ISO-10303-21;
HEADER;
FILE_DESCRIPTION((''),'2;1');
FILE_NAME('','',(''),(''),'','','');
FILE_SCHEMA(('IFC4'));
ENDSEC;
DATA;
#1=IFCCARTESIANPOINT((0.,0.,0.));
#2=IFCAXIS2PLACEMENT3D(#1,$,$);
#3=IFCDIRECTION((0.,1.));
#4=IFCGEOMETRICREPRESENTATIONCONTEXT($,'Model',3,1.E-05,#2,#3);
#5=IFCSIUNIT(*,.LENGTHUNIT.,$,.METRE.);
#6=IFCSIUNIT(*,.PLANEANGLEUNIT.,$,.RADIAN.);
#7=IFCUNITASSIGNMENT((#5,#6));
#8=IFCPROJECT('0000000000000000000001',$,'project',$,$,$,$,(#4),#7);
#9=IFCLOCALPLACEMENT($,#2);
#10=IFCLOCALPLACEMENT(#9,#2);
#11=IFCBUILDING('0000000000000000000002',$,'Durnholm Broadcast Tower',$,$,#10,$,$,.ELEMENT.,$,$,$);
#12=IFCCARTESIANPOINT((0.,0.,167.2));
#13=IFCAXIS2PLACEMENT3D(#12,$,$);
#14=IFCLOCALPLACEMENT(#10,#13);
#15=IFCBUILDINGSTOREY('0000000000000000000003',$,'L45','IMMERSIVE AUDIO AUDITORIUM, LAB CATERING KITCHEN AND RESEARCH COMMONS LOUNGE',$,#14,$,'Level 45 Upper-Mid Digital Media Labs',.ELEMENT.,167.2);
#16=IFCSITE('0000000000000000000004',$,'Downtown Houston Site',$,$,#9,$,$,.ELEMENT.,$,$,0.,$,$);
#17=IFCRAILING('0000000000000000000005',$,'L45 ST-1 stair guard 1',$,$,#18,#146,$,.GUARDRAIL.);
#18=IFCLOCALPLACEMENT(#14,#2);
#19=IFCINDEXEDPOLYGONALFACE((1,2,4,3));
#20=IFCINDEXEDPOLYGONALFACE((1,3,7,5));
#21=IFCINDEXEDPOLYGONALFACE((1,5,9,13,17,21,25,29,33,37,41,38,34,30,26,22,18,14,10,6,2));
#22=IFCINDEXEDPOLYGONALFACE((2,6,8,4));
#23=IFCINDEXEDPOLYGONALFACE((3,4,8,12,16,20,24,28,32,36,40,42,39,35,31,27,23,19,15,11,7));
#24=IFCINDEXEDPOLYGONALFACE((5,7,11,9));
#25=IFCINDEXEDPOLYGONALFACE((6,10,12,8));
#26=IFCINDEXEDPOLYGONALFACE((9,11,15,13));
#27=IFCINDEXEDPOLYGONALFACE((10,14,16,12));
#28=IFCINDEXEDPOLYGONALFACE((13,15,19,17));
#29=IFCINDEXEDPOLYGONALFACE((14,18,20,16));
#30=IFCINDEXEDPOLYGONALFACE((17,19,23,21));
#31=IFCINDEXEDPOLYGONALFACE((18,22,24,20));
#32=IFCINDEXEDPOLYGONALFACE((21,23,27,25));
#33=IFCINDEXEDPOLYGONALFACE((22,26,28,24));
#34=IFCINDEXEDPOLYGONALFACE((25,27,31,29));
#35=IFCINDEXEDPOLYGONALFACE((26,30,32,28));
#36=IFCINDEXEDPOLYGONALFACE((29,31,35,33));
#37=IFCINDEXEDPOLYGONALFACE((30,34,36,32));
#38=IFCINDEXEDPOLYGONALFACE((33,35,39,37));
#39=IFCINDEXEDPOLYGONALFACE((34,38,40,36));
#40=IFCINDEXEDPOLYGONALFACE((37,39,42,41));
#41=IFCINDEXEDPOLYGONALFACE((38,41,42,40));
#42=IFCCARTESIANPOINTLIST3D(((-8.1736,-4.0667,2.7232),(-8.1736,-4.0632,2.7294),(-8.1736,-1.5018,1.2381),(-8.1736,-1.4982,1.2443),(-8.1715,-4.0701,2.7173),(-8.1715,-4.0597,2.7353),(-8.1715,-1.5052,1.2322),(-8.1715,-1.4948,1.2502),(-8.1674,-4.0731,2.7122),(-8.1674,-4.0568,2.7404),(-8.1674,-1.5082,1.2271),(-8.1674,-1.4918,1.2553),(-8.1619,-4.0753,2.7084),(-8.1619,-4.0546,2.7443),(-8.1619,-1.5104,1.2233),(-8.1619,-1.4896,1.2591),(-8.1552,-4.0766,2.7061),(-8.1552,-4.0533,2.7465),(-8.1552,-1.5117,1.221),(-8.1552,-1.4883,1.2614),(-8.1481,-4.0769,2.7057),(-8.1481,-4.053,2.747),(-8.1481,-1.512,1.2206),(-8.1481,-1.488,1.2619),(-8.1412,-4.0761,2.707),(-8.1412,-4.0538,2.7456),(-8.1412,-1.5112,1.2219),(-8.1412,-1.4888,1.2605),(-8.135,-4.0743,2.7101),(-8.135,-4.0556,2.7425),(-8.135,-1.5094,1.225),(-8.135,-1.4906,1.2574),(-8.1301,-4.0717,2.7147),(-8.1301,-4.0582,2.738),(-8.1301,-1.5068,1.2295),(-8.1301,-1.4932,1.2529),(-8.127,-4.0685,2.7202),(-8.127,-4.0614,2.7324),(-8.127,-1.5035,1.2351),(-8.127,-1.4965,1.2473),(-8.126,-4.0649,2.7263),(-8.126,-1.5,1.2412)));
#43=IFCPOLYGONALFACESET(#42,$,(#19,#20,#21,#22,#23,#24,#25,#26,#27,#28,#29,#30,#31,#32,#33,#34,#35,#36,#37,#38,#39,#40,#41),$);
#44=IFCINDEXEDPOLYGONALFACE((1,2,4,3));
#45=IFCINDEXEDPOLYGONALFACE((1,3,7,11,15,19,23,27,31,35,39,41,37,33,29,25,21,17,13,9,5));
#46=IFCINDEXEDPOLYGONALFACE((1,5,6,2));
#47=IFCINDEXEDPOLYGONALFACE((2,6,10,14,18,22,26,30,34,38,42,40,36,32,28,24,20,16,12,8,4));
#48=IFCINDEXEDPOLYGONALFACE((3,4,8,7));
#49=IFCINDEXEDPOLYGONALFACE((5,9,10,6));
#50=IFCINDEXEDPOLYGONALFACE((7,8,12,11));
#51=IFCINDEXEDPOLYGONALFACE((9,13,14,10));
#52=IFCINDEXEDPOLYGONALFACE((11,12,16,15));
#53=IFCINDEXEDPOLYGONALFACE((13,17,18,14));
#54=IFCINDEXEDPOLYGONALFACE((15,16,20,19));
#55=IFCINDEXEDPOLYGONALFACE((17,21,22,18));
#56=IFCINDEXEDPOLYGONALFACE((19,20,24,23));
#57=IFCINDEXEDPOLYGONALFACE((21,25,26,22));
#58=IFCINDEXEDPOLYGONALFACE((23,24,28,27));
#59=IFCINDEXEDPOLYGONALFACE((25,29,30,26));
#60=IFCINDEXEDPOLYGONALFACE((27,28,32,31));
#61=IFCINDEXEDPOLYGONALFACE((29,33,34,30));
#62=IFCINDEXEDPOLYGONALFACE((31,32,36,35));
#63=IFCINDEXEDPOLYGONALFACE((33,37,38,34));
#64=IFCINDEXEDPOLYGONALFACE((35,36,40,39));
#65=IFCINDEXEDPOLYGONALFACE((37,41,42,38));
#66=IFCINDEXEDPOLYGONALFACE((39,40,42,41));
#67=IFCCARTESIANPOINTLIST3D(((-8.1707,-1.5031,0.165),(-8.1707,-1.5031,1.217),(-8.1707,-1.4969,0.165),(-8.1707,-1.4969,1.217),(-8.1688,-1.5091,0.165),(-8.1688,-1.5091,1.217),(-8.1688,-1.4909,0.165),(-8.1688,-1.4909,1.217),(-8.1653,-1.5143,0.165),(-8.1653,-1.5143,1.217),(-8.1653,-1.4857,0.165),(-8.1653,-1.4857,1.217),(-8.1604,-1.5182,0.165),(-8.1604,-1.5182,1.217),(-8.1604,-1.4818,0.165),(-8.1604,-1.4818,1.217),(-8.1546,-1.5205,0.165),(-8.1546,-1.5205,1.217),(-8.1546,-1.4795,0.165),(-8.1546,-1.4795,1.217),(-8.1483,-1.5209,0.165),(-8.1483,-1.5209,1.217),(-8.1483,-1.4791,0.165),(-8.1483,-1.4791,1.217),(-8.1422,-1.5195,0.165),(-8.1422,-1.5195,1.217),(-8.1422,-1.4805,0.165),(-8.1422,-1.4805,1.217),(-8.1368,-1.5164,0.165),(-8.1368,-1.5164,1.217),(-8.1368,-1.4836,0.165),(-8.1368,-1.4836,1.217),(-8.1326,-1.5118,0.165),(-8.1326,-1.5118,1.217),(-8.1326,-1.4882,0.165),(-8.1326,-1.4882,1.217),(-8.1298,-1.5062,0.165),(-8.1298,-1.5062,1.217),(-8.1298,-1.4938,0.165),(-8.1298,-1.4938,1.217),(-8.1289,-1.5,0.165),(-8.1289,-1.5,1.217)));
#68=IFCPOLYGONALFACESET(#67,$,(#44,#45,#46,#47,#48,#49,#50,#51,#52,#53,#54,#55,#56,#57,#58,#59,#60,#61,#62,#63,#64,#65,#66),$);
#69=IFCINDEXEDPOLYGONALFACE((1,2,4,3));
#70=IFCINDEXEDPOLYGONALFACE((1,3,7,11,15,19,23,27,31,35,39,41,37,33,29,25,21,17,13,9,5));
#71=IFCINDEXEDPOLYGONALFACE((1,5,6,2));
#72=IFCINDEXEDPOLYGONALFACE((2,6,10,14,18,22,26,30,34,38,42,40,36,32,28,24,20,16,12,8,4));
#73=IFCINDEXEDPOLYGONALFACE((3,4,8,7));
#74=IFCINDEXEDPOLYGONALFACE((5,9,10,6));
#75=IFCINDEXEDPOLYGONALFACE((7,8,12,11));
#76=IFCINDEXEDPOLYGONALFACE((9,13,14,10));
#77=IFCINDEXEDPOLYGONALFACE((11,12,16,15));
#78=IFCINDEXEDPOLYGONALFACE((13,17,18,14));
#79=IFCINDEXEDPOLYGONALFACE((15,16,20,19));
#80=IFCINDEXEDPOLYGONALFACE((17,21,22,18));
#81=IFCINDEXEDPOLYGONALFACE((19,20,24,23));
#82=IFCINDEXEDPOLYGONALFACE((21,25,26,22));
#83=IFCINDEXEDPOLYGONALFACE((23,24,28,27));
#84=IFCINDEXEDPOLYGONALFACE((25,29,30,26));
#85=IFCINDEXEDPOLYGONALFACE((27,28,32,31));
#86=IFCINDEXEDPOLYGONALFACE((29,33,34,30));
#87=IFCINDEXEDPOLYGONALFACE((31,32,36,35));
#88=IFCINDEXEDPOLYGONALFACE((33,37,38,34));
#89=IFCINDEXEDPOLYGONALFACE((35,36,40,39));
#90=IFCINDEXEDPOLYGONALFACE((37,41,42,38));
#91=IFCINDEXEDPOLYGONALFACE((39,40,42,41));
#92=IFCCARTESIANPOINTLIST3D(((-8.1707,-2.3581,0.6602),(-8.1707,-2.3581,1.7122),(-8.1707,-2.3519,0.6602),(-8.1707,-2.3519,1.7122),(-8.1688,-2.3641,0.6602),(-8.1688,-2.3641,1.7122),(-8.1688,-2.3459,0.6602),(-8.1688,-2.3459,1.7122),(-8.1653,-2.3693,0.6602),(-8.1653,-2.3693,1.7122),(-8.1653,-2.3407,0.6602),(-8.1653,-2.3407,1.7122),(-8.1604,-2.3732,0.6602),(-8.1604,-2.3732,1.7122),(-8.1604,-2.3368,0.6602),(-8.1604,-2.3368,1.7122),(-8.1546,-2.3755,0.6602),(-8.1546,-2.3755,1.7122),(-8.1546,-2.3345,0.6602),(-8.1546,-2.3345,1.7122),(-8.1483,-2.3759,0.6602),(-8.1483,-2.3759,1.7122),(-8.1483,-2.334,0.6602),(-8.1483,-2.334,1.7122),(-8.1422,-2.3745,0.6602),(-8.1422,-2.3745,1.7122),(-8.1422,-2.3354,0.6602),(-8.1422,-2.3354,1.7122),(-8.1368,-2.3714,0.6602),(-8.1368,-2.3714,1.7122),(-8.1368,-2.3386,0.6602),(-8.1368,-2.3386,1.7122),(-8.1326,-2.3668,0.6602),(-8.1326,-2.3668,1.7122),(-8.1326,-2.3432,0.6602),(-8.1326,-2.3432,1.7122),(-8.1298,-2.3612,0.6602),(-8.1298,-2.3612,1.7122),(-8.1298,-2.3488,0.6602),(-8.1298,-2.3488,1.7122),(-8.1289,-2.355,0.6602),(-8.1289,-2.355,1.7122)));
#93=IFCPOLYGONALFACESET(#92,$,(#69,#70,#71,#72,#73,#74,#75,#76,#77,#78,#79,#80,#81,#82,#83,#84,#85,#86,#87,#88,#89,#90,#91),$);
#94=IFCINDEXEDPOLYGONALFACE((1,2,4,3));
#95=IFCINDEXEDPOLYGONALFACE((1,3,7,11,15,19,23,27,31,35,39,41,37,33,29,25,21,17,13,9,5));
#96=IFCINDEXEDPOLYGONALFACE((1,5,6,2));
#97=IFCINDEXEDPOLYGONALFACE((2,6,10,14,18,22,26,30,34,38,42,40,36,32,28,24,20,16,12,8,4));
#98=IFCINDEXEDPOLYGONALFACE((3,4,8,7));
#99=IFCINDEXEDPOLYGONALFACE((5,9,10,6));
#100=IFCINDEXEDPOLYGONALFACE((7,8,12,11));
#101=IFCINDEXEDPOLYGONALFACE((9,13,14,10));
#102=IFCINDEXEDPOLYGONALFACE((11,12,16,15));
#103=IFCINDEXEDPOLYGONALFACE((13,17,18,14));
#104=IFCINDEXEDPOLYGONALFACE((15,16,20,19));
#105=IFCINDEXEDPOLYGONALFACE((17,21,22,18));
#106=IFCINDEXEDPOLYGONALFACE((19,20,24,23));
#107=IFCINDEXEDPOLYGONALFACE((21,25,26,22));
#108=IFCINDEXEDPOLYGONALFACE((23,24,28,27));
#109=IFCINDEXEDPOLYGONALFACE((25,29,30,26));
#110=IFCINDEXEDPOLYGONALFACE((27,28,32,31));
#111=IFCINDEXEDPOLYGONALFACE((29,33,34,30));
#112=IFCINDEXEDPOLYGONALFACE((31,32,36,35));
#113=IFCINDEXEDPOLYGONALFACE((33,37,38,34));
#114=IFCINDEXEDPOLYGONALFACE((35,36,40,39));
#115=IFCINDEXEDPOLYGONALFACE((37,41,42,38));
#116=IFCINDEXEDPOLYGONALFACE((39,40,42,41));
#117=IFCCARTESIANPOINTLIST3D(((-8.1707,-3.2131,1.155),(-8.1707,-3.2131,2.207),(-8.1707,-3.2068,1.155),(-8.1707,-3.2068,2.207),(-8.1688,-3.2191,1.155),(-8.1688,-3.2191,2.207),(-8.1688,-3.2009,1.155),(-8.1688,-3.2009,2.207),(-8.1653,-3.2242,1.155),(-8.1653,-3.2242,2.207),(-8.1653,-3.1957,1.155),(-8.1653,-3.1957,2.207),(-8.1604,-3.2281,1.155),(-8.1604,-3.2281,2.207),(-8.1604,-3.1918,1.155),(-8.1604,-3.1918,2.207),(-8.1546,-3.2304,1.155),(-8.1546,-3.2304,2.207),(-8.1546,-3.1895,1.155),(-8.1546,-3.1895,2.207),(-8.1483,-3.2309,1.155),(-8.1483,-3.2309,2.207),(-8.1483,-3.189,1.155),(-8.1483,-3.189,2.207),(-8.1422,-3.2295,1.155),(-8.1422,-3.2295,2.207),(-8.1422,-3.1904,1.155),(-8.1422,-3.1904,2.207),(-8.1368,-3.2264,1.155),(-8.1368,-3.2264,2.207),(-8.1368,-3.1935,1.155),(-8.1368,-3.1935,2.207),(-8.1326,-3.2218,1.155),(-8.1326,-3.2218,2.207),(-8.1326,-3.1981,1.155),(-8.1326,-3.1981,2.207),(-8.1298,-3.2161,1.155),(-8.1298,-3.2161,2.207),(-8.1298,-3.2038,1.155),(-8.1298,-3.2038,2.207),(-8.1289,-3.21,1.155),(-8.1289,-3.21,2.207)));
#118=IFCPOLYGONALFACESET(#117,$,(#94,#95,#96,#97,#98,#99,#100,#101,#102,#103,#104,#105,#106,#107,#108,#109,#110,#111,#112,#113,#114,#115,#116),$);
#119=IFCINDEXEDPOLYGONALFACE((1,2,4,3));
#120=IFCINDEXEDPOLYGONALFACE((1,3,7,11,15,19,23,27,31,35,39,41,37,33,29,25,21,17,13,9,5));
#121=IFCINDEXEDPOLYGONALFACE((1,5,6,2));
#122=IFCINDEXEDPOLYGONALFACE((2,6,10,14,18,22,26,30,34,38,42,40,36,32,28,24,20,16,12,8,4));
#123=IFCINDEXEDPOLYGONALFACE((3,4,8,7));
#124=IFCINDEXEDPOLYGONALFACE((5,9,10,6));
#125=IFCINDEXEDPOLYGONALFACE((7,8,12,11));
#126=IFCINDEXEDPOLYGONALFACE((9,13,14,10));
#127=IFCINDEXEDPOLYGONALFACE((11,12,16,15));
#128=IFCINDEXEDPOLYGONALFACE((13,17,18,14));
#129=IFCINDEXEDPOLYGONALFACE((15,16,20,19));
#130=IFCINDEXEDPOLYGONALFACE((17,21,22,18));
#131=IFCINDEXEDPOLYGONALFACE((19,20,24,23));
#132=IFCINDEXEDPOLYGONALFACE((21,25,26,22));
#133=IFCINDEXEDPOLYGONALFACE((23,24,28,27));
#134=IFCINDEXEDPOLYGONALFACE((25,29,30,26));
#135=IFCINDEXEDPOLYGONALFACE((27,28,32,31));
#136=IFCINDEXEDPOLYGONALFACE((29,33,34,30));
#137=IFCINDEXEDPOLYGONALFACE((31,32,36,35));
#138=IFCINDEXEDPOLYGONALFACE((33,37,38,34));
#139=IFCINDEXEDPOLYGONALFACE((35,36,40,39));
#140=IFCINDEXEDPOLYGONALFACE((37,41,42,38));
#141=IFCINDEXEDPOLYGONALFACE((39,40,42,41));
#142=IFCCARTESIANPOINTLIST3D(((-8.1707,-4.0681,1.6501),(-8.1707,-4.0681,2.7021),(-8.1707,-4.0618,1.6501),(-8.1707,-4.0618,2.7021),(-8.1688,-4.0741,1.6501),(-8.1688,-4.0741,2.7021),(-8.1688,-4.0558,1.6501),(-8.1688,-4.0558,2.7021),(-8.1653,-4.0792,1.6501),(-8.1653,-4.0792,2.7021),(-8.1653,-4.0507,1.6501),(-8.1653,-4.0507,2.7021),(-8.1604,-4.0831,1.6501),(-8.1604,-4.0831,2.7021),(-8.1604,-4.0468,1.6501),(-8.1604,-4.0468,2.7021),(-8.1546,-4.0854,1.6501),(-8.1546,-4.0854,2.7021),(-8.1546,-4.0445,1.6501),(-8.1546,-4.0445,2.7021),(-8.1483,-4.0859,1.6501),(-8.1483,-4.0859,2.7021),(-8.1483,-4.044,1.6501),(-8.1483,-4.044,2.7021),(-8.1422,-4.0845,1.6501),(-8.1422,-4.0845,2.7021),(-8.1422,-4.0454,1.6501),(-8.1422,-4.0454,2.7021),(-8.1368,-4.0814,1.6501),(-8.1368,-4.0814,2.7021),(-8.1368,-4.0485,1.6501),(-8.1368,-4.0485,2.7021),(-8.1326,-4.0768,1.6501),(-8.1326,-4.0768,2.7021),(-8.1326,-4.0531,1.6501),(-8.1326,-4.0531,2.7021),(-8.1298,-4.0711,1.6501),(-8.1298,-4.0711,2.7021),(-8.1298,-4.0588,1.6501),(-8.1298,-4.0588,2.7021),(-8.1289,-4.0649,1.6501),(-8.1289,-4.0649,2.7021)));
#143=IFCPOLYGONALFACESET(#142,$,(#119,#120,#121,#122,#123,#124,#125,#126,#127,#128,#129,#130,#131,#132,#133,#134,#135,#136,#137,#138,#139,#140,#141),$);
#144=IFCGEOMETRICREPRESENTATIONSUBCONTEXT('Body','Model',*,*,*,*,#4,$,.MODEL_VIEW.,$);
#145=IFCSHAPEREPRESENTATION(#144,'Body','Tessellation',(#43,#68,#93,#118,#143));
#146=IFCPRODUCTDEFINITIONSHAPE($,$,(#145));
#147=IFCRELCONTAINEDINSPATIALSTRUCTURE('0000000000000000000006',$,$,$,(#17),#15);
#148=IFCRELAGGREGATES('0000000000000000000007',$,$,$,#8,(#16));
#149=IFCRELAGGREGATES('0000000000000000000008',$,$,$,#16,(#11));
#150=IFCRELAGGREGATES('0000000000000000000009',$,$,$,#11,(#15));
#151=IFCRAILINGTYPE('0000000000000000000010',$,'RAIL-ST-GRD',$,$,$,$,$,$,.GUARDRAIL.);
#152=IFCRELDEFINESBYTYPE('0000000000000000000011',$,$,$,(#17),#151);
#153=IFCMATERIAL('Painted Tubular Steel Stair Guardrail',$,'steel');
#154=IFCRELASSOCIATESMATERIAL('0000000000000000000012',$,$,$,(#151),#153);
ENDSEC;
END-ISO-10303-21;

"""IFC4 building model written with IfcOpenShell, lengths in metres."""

from ifc_helpers import new_model, si_unit, direction, frame, origin, origin_2d, place, context, subcontext, project, spatial, circle, extrude, material, type_object, element, save


model = new_model("IFC4")

# Units and contexts
model_context = context("Model", 3, precision=1e-05, world=origin(), true_north=direction((0.0, 1.0)))
body_context = subcontext(model_context, "Body", "Model", "MODEL_VIEW")
ifc_project = project(units=[si_unit("LENGTHUNIT", "METRE"), si_unit("PLANEANGLEUNIT", "RADIAN")], contexts=[model_context])

# Site, building, storey
site_placement = place(None, origin())
site = spatial("IfcSite", under=ifc_project, at=site_placement, Name="Downtown Houston Site", CompositionType="ELEMENT", RefElevation=0.0)
building_placement = place(site_placement, origin())
building = spatial("IfcBuilding", under=site, at=building_placement, Name="Durnholm Broadcast Tower", CompositionType="ELEMENT")
storey_placement = place(building_placement, frame((0.0, 0.0, 167.2)))
storey = spatial("IfcBuildingStorey", under=building, at=storey_placement, Name="L45", Description="IMMERSIVE AUDIO AUDITORIUM, LAB CATERING KITCHEN AND RESEARCH COMMONS LOUNGE", LongName="Level 45 Upper-Mid Digital Media Labs", CompositionType="ELEMENT", Elevation=167.2)

# Railing
ifc_material_1 = material(Name="Painted Tubular Steel Stair Guardrail", Category="steel")
railing_type_1 = type_object("IfcRailingType", Name="RAIL-ST-GRD", PredefinedType="GUARDRAIL", material=ifc_material_1)
railing_1_placement = place(storey_placement, frame((-8.1499, -1.5, 0.165)))
element("IfcRailing", 1, at=railing_1_placement, inside=storey, type_object=railing_type_1, Name="L45 ST-1 stair guard 1", PredefinedType="GUARDRAIL", context=body_context, shape_type="SweptSolid", body=[
    extrude(circle(Radius=0.0239, at=origin_2d()), frame((0.0, 0.0, 1.0762), z_axis=(0.0, -0.865406, 0.501072), x_axis=(1.0, 0.0, 0.0)), (0.0, 0.0, 1.0), 2.9639),
    extrude(circle(Radius=0.021, at=origin_2d()), origin(), (0.0, 0.0, 1.0), 1.052),
    extrude(circle(Radius=0.021, at=origin_2d()), frame((0.0, -0.855, 0.4951)), (0.0, 0.0, 1.0), 1.052),
    extrude(circle(Radius=0.021, at=origin_2d()), frame((0.0, -1.71, 0.99)), (0.0, 0.0, 1.0), 1.052),
    extrude(circle(Radius=0.021, at=origin_2d()), frame((0.0, -2.5649, 1.4851)), (0.0, 0.0, 1.0), 1.052),
])

save(model, "model.ifc")
